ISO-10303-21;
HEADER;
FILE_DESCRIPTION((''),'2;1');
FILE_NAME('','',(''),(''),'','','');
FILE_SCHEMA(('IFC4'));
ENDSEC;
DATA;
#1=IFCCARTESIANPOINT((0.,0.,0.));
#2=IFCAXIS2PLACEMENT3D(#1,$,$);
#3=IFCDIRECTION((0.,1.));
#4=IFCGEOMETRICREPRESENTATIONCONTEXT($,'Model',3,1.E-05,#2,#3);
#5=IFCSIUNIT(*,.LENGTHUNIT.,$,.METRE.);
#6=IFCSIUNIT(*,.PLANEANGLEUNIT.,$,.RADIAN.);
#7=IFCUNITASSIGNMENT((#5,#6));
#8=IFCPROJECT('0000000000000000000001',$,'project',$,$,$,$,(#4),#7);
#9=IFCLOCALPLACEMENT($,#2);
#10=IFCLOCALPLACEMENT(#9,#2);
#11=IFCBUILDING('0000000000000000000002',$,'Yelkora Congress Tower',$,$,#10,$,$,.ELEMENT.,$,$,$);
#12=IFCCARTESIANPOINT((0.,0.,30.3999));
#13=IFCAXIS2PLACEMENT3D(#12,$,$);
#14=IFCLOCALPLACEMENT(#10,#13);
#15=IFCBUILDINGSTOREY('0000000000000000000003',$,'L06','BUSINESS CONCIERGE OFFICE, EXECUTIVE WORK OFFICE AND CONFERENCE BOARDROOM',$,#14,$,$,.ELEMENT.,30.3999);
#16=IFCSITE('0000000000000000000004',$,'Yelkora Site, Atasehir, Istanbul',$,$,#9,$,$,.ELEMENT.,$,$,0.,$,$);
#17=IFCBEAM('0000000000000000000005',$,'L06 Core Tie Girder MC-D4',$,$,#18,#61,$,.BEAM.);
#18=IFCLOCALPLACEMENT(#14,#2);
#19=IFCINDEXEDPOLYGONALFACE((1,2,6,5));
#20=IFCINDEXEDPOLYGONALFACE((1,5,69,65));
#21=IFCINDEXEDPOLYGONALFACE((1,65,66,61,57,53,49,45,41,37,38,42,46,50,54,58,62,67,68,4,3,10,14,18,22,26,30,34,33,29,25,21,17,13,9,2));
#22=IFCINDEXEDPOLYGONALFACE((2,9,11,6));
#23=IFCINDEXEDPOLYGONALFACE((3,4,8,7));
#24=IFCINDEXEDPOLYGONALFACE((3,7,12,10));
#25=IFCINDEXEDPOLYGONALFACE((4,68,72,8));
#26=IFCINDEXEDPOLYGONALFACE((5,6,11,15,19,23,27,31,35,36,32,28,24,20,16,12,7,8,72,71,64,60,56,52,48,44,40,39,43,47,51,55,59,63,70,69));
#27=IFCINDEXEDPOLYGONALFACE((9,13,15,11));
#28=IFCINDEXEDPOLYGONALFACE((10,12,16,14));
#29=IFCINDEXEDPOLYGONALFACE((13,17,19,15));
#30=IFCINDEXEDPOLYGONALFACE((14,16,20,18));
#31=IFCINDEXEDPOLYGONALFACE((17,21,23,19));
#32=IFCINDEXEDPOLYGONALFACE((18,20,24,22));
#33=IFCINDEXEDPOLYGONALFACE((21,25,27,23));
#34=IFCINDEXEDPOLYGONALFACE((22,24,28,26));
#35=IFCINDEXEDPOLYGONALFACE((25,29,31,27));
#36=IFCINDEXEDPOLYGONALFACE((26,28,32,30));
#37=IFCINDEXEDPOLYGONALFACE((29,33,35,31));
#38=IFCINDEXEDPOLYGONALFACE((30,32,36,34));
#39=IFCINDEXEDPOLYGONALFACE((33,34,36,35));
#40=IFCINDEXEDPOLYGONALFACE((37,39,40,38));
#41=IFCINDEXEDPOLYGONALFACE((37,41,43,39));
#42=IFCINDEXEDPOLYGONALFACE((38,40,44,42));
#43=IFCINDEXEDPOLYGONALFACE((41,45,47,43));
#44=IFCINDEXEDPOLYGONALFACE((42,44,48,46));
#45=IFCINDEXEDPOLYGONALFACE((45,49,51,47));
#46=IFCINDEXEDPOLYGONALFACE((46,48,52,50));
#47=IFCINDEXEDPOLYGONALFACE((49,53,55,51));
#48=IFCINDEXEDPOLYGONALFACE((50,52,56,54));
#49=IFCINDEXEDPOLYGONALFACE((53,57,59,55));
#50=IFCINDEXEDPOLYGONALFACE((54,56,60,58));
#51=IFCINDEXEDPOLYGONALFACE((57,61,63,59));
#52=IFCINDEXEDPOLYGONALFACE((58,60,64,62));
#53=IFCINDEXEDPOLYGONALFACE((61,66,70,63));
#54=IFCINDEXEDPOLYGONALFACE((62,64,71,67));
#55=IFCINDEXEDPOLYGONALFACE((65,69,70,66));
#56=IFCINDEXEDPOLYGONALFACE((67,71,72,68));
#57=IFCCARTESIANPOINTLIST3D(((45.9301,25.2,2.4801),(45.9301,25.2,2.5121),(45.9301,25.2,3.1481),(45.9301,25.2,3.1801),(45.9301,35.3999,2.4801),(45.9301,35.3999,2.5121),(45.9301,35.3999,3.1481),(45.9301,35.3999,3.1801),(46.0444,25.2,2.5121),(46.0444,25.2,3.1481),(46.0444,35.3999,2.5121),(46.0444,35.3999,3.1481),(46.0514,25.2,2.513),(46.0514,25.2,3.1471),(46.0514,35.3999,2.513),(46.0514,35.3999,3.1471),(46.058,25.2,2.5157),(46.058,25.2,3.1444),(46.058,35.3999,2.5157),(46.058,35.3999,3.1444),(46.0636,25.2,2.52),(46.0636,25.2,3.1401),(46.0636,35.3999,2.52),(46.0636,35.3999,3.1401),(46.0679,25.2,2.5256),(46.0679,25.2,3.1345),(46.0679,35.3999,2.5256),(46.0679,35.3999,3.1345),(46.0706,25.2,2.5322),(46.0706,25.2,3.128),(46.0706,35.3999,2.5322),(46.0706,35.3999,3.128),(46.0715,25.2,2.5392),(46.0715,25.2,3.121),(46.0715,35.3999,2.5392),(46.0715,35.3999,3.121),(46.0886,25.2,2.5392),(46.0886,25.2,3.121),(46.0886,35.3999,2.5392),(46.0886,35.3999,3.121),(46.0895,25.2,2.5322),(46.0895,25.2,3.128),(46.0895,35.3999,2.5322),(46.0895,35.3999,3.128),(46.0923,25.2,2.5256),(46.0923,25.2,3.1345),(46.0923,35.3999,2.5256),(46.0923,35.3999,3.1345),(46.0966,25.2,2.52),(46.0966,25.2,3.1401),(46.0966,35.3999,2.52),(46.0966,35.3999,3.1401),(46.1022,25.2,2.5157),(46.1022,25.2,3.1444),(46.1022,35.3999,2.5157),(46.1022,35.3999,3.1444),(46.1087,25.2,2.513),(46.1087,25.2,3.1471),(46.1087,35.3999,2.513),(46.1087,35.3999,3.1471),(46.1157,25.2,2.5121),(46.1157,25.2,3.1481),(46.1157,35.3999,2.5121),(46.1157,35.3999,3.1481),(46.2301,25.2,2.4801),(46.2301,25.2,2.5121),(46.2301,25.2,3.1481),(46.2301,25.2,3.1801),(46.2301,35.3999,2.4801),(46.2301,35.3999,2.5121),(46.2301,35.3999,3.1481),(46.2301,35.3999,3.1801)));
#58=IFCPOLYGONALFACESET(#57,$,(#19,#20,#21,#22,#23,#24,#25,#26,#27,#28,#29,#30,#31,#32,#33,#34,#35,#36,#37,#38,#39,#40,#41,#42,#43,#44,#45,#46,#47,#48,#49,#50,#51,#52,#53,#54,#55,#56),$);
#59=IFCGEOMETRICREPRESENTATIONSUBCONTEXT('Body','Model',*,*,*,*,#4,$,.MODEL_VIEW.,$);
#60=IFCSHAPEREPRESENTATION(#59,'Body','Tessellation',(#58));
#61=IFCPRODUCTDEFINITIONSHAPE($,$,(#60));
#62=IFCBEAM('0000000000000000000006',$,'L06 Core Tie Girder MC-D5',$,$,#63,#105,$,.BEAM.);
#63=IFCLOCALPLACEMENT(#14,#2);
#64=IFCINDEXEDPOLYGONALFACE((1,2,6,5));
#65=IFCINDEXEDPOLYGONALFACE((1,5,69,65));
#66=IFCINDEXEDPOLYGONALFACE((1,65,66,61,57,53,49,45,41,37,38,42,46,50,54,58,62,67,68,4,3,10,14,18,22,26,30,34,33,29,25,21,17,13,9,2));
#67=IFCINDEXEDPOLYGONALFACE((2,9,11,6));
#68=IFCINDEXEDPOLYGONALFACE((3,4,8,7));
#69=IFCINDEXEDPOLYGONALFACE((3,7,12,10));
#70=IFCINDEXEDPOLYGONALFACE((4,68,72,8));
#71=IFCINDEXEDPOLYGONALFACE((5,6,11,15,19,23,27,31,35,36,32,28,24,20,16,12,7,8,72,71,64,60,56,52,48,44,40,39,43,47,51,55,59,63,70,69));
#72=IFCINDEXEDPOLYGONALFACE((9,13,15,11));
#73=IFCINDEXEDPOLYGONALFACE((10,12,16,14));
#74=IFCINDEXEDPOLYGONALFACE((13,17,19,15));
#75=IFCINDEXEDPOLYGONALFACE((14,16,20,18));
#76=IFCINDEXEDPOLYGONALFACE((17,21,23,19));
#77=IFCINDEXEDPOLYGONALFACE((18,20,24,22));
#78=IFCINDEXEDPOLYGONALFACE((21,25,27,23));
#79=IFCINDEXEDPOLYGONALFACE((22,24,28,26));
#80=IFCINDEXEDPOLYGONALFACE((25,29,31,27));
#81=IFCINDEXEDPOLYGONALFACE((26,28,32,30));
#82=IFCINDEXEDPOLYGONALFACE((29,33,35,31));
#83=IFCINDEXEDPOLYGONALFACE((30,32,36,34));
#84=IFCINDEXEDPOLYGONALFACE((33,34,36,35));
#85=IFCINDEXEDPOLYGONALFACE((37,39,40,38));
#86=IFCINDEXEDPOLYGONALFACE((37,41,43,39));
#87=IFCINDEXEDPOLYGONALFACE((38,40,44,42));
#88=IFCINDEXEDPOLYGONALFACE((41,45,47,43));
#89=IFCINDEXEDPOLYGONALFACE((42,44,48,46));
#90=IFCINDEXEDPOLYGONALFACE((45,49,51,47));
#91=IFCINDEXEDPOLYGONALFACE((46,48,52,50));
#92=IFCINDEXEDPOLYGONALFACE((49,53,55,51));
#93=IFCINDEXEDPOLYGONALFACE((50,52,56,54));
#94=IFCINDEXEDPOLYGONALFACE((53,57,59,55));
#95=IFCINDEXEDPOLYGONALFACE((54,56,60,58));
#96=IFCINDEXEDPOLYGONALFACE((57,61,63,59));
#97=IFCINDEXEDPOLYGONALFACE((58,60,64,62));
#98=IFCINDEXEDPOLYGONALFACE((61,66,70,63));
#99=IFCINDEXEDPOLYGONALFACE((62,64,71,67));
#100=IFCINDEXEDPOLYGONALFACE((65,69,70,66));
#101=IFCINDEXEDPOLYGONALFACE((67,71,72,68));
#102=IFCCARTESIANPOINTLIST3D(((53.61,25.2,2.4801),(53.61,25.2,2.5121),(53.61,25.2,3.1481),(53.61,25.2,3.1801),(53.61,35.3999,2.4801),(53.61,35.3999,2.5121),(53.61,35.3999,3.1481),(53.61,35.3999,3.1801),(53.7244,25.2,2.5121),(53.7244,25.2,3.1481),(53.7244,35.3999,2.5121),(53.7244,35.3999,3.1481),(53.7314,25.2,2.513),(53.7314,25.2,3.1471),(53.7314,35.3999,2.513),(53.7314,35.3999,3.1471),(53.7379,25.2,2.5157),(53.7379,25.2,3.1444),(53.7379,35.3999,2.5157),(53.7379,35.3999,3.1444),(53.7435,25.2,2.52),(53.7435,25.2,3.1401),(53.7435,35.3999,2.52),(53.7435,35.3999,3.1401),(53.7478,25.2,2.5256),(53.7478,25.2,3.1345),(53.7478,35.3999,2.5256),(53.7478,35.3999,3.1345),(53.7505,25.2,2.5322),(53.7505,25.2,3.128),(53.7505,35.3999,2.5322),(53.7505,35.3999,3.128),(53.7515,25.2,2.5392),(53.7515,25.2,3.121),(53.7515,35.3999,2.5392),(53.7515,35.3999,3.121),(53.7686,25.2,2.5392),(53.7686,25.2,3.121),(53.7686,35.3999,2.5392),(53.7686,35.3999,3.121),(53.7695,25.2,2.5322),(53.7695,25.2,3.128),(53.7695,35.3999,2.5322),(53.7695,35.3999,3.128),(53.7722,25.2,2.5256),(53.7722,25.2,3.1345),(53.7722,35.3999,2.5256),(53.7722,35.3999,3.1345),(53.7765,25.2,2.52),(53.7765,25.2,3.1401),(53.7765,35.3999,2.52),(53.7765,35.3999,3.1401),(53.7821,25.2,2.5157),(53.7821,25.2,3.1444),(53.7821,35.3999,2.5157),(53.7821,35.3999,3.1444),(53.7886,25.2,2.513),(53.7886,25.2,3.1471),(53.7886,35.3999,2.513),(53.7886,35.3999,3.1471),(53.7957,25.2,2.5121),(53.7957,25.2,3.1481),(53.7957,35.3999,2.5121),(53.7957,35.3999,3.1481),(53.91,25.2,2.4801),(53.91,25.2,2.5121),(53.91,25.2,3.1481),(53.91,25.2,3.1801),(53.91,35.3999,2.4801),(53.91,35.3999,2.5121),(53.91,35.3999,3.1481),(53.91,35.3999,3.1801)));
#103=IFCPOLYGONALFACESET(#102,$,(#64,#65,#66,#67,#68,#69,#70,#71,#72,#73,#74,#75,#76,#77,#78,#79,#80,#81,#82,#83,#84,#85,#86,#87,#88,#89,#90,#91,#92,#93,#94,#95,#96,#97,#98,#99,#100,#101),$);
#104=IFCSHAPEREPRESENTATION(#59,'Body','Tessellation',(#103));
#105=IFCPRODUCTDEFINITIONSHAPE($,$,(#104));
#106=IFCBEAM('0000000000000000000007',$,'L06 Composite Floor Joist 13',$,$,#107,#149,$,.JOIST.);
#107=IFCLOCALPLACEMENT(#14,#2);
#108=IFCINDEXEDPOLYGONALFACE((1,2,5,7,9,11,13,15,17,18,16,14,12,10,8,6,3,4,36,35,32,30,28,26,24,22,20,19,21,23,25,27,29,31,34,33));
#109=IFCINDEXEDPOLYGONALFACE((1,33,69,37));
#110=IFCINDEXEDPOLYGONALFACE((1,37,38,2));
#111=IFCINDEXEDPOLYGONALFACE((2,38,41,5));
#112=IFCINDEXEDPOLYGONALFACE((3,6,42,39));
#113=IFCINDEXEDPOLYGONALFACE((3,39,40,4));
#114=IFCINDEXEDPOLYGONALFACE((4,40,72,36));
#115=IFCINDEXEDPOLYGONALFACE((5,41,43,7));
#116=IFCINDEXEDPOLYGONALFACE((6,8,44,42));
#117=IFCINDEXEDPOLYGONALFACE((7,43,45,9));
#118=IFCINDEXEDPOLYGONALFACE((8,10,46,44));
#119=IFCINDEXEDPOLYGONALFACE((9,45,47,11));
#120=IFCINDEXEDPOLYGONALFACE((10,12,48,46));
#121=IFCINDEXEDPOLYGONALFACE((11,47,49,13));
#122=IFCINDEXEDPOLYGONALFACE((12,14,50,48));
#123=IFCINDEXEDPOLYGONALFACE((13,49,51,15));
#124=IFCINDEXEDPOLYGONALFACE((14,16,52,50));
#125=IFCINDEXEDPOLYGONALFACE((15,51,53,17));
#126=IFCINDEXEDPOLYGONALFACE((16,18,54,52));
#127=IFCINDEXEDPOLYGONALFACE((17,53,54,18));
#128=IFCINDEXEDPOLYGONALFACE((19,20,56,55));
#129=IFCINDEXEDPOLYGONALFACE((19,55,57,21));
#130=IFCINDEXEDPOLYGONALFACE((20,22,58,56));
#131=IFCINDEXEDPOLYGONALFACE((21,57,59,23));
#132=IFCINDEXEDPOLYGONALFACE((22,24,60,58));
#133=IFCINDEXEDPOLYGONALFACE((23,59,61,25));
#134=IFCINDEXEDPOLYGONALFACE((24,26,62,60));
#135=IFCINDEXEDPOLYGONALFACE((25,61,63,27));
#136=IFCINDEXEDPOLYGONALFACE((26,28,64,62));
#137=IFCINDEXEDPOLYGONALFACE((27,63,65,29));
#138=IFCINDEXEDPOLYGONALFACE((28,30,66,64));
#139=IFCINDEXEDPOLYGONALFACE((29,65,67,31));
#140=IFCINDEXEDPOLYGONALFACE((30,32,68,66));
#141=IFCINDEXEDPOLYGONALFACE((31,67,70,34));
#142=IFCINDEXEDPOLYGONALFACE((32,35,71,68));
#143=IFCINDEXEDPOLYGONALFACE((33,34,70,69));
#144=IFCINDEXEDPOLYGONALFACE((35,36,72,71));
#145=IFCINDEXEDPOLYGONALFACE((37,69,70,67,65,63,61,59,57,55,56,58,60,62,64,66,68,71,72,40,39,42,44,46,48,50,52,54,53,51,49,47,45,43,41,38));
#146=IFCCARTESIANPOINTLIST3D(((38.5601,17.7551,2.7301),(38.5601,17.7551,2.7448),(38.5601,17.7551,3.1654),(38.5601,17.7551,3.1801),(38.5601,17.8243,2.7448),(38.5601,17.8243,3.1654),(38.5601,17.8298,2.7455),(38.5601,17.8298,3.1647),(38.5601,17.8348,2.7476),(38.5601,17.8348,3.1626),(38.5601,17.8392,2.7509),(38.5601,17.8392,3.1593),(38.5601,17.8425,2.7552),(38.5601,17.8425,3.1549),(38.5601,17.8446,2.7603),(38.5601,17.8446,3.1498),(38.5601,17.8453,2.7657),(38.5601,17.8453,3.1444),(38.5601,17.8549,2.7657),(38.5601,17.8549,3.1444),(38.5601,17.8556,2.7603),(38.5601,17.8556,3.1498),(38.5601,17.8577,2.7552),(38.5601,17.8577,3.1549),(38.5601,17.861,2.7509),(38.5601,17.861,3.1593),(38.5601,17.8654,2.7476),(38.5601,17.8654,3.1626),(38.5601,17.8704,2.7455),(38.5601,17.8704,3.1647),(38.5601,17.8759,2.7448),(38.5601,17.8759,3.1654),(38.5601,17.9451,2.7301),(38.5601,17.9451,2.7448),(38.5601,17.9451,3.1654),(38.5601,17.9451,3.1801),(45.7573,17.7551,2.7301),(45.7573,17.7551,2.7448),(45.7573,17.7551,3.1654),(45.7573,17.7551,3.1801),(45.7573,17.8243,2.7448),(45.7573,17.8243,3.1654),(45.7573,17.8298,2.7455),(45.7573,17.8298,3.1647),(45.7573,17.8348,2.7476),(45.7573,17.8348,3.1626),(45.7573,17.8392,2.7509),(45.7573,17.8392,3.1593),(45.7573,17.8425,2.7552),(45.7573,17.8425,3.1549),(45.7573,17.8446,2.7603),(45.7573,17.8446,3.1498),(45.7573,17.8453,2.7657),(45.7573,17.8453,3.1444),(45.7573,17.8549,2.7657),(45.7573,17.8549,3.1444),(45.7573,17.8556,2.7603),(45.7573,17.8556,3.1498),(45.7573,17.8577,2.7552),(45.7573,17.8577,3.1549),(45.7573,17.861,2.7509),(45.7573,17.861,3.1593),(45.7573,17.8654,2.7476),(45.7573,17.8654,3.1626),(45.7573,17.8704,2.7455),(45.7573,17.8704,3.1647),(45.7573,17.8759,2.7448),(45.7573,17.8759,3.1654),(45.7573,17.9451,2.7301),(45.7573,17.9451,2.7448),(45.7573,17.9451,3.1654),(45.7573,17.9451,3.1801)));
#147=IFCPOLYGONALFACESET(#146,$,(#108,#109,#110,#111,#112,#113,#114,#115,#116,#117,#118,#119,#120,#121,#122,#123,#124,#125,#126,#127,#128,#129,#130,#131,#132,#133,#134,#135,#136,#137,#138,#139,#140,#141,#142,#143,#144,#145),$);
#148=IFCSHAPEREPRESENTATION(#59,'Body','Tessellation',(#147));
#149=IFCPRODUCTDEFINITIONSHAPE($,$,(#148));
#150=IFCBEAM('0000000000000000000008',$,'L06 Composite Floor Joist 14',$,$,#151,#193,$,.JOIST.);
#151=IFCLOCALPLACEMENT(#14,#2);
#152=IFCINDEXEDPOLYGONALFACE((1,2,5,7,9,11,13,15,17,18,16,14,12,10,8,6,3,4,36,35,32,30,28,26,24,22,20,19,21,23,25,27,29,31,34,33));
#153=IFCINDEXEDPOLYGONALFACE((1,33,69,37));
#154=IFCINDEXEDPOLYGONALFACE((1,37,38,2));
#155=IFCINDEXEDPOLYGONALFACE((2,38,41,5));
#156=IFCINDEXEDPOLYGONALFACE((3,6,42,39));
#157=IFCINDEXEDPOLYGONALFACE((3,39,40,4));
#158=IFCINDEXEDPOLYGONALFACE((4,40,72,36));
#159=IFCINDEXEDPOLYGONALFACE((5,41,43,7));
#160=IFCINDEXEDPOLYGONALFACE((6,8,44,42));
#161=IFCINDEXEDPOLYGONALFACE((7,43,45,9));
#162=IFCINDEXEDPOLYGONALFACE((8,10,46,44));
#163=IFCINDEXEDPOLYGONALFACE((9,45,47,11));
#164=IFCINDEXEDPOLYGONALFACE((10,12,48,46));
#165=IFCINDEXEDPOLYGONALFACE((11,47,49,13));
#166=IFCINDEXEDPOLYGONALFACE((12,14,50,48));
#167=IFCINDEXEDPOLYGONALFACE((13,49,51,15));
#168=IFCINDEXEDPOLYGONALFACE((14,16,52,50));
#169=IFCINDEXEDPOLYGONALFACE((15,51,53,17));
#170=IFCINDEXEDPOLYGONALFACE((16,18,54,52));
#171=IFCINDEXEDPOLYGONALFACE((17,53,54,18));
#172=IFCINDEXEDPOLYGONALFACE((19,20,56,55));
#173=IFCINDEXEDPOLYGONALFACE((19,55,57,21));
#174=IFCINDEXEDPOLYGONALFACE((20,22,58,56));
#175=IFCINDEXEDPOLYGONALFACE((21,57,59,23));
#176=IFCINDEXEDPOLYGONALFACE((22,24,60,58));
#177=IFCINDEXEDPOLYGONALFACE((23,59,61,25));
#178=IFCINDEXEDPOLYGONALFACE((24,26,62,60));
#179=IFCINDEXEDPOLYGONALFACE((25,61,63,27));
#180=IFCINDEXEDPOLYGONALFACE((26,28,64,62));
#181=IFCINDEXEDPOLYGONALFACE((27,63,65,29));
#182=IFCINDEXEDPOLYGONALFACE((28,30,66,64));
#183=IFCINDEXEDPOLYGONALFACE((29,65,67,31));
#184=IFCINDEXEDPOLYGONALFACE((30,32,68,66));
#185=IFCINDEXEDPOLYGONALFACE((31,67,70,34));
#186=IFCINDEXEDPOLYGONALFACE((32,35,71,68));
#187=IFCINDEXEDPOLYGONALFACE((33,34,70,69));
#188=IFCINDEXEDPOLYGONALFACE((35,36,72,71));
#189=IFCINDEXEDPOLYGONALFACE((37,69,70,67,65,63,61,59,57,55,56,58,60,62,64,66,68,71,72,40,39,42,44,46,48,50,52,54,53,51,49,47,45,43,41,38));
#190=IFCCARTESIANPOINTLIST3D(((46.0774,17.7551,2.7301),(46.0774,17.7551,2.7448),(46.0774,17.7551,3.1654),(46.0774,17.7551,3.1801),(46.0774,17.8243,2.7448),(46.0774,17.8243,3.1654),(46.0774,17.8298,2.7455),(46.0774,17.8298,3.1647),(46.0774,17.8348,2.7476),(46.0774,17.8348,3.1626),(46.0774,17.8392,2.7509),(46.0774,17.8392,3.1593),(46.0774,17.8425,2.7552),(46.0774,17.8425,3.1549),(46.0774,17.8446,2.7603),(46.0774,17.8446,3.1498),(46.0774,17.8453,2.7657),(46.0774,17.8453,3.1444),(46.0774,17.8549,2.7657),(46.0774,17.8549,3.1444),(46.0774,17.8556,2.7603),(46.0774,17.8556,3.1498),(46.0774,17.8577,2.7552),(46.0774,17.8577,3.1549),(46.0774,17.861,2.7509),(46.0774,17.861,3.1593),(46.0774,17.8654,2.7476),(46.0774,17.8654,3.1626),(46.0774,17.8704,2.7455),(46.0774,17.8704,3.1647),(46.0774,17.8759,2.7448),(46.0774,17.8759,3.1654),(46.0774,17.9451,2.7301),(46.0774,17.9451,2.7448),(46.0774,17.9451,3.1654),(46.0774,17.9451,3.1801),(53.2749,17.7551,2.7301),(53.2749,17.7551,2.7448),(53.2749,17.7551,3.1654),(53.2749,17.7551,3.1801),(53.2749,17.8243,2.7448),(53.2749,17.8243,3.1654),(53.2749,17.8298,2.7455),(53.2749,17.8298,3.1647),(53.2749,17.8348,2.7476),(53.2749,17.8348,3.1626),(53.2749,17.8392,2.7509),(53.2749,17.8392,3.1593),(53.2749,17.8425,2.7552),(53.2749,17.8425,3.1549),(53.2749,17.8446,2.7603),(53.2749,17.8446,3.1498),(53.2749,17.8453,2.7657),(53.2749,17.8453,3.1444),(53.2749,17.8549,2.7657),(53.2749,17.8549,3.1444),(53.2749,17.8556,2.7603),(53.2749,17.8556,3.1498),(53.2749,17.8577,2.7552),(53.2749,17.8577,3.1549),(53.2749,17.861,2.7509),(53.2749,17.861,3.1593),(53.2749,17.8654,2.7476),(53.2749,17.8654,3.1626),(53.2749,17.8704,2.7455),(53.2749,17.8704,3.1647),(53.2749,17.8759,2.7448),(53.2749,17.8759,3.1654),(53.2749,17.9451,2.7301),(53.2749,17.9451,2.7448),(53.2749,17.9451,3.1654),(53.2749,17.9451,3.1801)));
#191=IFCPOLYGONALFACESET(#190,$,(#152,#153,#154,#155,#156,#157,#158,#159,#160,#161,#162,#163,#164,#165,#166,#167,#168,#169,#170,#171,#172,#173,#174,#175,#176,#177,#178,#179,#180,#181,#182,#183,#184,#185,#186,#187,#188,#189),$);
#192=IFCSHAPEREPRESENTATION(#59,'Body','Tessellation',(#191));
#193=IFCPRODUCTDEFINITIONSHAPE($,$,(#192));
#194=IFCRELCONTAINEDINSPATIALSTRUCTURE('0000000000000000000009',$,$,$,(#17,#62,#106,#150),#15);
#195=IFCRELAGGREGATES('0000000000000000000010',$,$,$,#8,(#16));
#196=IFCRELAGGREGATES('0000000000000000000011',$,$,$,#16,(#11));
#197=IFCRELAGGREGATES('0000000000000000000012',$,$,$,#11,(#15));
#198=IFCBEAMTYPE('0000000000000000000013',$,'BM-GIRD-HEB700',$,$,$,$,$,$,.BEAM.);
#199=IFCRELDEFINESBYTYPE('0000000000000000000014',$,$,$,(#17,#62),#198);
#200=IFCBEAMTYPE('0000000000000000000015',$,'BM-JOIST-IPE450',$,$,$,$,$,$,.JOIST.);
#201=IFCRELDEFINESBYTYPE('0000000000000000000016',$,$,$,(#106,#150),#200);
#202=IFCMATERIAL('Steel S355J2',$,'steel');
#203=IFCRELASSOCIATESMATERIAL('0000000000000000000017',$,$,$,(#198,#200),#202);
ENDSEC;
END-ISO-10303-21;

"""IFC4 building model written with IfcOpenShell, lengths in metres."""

from ifc_helpers import new_model, si_unit, direction, frame, origin, origin_2d, place, context, subcontext, project, spatial, i_section, extrude, material, material_profile, profile_set, type_object, element, save


model = new_model("IFC4")

# Units and contexts
model_context = context("Model", 3, precision=1e-05, world=origin(), true_north=direction((0.0, 1.0)))
body_context = subcontext(model_context, "Body", "Model", "MODEL_VIEW")
ifc_project = project(units=[si_unit("LENGTHUNIT", "METRE"), si_unit("PLANEANGLEUNIT", "RADIAN")], contexts=[model_context])

# Site, building, storey
site_placement = place(None, origin())
site = spatial("IfcSite", under=ifc_project, at=site_placement, Name="Yelkora Site, Atasehir, Istanbul", CompositionType="ELEMENT", RefElevation=0.0)
building_placement = place(site_placement, origin())
building = spatial("IfcBuilding", under=site, at=building_placement, Name="Yelkora Congress Tower", CompositionType="ELEMENT")
storey_placement = place(building_placement, frame((0.0, 0.0, 30.3999)))
storey = spatial("IfcBuildingStorey", under=building, at=storey_placement, Name="L06", Description="BUSINESS CONCIERGE OFFICE, EXECUTIVE WORK OFFICE AND CONFERENCE BOARDROOM", CompositionType="ELEMENT", Elevation=30.3999)

# Beams
ifc_material_1 = material(Name="Steel S355J2", Category="steel")
ifc_material_profile_1 = material_profile(ifc_material_1, i_section(OverallWidth=0.3, OverallDepth=0.7, WebThickness=0.0171, FlangeThickness=0.032, FilletRadius=0.0271, at=origin_2d()), Name="HEB 700")
ifc_profile_set_1 = profile_set([ifc_material_profile_1], Name="Steel S355J2")
beam_type_1 = type_object("IfcBeamType", Name="BM-GIRD-HEB700", PredefinedType="BEAM", material=ifc_profile_set_1)
for number, where, z_axis, x_axis, name in (
    (1, (46.0801, 25.2, 2.8301), (0.0, 1.0, 0.0), (-1.0, 0.0, 0.0), "L06 Core Tie Girder MC-D4"),
    (2, (53.76, 25.2, 2.8301), (0.0, 1.0, 0.0), (-1.0, 0.0, 0.0), "L06 Core Tie Girder MC-D5"),
):
    element("IfcBeam", number, at=place(storey_placement, frame(where, z_axis=z_axis, x_axis=x_axis)), inside=storey, type_object=beam_type_1, Name=name, PredefinedType="BEAM", context=body_context, shape_type="SweptSolid", body=[
        extrude(i_section(OverallWidth=0.3, OverallDepth=0.7, WebThickness=0.0171, FlangeThickness=0.032, FilletRadius=0.0271, at=origin_2d()), origin(), (0.0, 0.0, 1.0), 10.2),
    ])
ifc_material_profile_2 = material_profile(ifc_material_1, i_section(OverallWidth=0.1899, OverallDepth=0.45, WebThickness=0.0095, FlangeThickness=0.0146, FilletRadius=0.021, at=origin_2d()), Name="IPE 450")
ifc_profile_set_2 = profile_set([ifc_material_profile_2], Name="Steel S355J2")
beam_type_2 = type_object("IfcBeamType", Name="BM-JOIST-IPE450", PredefinedType="JOIST", material=ifc_profile_set_2)
beam_1_placement = place(storey_placement, frame((38.5601, 17.8501, 2.9551), z_axis=(1.0, 0.0, 0.0), x_axis=(0.0, 1.0, 0.0)))
element("IfcBeam", 3, at=beam_1_placement, inside=storey, type_object=beam_type_2, Name="L06 Composite Floor Joist 13", PredefinedType="JOIST", context=body_context, shape_type="SweptSolid", body=[
    extrude(i_section(OverallWidth=0.1899, OverallDepth=0.45, WebThickness=0.0095, FlangeThickness=0.0146, FilletRadius=0.021, at=origin_2d()), origin(), (0.0, 0.0, 1.0), 7.1973),
])
beam_2_placement = place(storey_placement, frame((46.0774, 17.8501, 2.9551), z_axis=(1.0, 0.0, 0.0), x_axis=(0.0, 1.0, 0.0)))
element("IfcBeam", 4, at=beam_2_placement, inside=storey, type_object=beam_type_2, Name="L06 Composite Floor Joist 14", PredefinedType="JOIST", context=body_context, shape_type="SweptSolid", body=[
    extrude(i_section(OverallWidth=0.1899, OverallDepth=0.45, WebThickness=0.0095, FlangeThickness=0.0146, FilletRadius=0.021, at=origin_2d()), origin(), (0.0, 0.0, 1.0), 7.1975),
])

save(model, "model.ifc")
